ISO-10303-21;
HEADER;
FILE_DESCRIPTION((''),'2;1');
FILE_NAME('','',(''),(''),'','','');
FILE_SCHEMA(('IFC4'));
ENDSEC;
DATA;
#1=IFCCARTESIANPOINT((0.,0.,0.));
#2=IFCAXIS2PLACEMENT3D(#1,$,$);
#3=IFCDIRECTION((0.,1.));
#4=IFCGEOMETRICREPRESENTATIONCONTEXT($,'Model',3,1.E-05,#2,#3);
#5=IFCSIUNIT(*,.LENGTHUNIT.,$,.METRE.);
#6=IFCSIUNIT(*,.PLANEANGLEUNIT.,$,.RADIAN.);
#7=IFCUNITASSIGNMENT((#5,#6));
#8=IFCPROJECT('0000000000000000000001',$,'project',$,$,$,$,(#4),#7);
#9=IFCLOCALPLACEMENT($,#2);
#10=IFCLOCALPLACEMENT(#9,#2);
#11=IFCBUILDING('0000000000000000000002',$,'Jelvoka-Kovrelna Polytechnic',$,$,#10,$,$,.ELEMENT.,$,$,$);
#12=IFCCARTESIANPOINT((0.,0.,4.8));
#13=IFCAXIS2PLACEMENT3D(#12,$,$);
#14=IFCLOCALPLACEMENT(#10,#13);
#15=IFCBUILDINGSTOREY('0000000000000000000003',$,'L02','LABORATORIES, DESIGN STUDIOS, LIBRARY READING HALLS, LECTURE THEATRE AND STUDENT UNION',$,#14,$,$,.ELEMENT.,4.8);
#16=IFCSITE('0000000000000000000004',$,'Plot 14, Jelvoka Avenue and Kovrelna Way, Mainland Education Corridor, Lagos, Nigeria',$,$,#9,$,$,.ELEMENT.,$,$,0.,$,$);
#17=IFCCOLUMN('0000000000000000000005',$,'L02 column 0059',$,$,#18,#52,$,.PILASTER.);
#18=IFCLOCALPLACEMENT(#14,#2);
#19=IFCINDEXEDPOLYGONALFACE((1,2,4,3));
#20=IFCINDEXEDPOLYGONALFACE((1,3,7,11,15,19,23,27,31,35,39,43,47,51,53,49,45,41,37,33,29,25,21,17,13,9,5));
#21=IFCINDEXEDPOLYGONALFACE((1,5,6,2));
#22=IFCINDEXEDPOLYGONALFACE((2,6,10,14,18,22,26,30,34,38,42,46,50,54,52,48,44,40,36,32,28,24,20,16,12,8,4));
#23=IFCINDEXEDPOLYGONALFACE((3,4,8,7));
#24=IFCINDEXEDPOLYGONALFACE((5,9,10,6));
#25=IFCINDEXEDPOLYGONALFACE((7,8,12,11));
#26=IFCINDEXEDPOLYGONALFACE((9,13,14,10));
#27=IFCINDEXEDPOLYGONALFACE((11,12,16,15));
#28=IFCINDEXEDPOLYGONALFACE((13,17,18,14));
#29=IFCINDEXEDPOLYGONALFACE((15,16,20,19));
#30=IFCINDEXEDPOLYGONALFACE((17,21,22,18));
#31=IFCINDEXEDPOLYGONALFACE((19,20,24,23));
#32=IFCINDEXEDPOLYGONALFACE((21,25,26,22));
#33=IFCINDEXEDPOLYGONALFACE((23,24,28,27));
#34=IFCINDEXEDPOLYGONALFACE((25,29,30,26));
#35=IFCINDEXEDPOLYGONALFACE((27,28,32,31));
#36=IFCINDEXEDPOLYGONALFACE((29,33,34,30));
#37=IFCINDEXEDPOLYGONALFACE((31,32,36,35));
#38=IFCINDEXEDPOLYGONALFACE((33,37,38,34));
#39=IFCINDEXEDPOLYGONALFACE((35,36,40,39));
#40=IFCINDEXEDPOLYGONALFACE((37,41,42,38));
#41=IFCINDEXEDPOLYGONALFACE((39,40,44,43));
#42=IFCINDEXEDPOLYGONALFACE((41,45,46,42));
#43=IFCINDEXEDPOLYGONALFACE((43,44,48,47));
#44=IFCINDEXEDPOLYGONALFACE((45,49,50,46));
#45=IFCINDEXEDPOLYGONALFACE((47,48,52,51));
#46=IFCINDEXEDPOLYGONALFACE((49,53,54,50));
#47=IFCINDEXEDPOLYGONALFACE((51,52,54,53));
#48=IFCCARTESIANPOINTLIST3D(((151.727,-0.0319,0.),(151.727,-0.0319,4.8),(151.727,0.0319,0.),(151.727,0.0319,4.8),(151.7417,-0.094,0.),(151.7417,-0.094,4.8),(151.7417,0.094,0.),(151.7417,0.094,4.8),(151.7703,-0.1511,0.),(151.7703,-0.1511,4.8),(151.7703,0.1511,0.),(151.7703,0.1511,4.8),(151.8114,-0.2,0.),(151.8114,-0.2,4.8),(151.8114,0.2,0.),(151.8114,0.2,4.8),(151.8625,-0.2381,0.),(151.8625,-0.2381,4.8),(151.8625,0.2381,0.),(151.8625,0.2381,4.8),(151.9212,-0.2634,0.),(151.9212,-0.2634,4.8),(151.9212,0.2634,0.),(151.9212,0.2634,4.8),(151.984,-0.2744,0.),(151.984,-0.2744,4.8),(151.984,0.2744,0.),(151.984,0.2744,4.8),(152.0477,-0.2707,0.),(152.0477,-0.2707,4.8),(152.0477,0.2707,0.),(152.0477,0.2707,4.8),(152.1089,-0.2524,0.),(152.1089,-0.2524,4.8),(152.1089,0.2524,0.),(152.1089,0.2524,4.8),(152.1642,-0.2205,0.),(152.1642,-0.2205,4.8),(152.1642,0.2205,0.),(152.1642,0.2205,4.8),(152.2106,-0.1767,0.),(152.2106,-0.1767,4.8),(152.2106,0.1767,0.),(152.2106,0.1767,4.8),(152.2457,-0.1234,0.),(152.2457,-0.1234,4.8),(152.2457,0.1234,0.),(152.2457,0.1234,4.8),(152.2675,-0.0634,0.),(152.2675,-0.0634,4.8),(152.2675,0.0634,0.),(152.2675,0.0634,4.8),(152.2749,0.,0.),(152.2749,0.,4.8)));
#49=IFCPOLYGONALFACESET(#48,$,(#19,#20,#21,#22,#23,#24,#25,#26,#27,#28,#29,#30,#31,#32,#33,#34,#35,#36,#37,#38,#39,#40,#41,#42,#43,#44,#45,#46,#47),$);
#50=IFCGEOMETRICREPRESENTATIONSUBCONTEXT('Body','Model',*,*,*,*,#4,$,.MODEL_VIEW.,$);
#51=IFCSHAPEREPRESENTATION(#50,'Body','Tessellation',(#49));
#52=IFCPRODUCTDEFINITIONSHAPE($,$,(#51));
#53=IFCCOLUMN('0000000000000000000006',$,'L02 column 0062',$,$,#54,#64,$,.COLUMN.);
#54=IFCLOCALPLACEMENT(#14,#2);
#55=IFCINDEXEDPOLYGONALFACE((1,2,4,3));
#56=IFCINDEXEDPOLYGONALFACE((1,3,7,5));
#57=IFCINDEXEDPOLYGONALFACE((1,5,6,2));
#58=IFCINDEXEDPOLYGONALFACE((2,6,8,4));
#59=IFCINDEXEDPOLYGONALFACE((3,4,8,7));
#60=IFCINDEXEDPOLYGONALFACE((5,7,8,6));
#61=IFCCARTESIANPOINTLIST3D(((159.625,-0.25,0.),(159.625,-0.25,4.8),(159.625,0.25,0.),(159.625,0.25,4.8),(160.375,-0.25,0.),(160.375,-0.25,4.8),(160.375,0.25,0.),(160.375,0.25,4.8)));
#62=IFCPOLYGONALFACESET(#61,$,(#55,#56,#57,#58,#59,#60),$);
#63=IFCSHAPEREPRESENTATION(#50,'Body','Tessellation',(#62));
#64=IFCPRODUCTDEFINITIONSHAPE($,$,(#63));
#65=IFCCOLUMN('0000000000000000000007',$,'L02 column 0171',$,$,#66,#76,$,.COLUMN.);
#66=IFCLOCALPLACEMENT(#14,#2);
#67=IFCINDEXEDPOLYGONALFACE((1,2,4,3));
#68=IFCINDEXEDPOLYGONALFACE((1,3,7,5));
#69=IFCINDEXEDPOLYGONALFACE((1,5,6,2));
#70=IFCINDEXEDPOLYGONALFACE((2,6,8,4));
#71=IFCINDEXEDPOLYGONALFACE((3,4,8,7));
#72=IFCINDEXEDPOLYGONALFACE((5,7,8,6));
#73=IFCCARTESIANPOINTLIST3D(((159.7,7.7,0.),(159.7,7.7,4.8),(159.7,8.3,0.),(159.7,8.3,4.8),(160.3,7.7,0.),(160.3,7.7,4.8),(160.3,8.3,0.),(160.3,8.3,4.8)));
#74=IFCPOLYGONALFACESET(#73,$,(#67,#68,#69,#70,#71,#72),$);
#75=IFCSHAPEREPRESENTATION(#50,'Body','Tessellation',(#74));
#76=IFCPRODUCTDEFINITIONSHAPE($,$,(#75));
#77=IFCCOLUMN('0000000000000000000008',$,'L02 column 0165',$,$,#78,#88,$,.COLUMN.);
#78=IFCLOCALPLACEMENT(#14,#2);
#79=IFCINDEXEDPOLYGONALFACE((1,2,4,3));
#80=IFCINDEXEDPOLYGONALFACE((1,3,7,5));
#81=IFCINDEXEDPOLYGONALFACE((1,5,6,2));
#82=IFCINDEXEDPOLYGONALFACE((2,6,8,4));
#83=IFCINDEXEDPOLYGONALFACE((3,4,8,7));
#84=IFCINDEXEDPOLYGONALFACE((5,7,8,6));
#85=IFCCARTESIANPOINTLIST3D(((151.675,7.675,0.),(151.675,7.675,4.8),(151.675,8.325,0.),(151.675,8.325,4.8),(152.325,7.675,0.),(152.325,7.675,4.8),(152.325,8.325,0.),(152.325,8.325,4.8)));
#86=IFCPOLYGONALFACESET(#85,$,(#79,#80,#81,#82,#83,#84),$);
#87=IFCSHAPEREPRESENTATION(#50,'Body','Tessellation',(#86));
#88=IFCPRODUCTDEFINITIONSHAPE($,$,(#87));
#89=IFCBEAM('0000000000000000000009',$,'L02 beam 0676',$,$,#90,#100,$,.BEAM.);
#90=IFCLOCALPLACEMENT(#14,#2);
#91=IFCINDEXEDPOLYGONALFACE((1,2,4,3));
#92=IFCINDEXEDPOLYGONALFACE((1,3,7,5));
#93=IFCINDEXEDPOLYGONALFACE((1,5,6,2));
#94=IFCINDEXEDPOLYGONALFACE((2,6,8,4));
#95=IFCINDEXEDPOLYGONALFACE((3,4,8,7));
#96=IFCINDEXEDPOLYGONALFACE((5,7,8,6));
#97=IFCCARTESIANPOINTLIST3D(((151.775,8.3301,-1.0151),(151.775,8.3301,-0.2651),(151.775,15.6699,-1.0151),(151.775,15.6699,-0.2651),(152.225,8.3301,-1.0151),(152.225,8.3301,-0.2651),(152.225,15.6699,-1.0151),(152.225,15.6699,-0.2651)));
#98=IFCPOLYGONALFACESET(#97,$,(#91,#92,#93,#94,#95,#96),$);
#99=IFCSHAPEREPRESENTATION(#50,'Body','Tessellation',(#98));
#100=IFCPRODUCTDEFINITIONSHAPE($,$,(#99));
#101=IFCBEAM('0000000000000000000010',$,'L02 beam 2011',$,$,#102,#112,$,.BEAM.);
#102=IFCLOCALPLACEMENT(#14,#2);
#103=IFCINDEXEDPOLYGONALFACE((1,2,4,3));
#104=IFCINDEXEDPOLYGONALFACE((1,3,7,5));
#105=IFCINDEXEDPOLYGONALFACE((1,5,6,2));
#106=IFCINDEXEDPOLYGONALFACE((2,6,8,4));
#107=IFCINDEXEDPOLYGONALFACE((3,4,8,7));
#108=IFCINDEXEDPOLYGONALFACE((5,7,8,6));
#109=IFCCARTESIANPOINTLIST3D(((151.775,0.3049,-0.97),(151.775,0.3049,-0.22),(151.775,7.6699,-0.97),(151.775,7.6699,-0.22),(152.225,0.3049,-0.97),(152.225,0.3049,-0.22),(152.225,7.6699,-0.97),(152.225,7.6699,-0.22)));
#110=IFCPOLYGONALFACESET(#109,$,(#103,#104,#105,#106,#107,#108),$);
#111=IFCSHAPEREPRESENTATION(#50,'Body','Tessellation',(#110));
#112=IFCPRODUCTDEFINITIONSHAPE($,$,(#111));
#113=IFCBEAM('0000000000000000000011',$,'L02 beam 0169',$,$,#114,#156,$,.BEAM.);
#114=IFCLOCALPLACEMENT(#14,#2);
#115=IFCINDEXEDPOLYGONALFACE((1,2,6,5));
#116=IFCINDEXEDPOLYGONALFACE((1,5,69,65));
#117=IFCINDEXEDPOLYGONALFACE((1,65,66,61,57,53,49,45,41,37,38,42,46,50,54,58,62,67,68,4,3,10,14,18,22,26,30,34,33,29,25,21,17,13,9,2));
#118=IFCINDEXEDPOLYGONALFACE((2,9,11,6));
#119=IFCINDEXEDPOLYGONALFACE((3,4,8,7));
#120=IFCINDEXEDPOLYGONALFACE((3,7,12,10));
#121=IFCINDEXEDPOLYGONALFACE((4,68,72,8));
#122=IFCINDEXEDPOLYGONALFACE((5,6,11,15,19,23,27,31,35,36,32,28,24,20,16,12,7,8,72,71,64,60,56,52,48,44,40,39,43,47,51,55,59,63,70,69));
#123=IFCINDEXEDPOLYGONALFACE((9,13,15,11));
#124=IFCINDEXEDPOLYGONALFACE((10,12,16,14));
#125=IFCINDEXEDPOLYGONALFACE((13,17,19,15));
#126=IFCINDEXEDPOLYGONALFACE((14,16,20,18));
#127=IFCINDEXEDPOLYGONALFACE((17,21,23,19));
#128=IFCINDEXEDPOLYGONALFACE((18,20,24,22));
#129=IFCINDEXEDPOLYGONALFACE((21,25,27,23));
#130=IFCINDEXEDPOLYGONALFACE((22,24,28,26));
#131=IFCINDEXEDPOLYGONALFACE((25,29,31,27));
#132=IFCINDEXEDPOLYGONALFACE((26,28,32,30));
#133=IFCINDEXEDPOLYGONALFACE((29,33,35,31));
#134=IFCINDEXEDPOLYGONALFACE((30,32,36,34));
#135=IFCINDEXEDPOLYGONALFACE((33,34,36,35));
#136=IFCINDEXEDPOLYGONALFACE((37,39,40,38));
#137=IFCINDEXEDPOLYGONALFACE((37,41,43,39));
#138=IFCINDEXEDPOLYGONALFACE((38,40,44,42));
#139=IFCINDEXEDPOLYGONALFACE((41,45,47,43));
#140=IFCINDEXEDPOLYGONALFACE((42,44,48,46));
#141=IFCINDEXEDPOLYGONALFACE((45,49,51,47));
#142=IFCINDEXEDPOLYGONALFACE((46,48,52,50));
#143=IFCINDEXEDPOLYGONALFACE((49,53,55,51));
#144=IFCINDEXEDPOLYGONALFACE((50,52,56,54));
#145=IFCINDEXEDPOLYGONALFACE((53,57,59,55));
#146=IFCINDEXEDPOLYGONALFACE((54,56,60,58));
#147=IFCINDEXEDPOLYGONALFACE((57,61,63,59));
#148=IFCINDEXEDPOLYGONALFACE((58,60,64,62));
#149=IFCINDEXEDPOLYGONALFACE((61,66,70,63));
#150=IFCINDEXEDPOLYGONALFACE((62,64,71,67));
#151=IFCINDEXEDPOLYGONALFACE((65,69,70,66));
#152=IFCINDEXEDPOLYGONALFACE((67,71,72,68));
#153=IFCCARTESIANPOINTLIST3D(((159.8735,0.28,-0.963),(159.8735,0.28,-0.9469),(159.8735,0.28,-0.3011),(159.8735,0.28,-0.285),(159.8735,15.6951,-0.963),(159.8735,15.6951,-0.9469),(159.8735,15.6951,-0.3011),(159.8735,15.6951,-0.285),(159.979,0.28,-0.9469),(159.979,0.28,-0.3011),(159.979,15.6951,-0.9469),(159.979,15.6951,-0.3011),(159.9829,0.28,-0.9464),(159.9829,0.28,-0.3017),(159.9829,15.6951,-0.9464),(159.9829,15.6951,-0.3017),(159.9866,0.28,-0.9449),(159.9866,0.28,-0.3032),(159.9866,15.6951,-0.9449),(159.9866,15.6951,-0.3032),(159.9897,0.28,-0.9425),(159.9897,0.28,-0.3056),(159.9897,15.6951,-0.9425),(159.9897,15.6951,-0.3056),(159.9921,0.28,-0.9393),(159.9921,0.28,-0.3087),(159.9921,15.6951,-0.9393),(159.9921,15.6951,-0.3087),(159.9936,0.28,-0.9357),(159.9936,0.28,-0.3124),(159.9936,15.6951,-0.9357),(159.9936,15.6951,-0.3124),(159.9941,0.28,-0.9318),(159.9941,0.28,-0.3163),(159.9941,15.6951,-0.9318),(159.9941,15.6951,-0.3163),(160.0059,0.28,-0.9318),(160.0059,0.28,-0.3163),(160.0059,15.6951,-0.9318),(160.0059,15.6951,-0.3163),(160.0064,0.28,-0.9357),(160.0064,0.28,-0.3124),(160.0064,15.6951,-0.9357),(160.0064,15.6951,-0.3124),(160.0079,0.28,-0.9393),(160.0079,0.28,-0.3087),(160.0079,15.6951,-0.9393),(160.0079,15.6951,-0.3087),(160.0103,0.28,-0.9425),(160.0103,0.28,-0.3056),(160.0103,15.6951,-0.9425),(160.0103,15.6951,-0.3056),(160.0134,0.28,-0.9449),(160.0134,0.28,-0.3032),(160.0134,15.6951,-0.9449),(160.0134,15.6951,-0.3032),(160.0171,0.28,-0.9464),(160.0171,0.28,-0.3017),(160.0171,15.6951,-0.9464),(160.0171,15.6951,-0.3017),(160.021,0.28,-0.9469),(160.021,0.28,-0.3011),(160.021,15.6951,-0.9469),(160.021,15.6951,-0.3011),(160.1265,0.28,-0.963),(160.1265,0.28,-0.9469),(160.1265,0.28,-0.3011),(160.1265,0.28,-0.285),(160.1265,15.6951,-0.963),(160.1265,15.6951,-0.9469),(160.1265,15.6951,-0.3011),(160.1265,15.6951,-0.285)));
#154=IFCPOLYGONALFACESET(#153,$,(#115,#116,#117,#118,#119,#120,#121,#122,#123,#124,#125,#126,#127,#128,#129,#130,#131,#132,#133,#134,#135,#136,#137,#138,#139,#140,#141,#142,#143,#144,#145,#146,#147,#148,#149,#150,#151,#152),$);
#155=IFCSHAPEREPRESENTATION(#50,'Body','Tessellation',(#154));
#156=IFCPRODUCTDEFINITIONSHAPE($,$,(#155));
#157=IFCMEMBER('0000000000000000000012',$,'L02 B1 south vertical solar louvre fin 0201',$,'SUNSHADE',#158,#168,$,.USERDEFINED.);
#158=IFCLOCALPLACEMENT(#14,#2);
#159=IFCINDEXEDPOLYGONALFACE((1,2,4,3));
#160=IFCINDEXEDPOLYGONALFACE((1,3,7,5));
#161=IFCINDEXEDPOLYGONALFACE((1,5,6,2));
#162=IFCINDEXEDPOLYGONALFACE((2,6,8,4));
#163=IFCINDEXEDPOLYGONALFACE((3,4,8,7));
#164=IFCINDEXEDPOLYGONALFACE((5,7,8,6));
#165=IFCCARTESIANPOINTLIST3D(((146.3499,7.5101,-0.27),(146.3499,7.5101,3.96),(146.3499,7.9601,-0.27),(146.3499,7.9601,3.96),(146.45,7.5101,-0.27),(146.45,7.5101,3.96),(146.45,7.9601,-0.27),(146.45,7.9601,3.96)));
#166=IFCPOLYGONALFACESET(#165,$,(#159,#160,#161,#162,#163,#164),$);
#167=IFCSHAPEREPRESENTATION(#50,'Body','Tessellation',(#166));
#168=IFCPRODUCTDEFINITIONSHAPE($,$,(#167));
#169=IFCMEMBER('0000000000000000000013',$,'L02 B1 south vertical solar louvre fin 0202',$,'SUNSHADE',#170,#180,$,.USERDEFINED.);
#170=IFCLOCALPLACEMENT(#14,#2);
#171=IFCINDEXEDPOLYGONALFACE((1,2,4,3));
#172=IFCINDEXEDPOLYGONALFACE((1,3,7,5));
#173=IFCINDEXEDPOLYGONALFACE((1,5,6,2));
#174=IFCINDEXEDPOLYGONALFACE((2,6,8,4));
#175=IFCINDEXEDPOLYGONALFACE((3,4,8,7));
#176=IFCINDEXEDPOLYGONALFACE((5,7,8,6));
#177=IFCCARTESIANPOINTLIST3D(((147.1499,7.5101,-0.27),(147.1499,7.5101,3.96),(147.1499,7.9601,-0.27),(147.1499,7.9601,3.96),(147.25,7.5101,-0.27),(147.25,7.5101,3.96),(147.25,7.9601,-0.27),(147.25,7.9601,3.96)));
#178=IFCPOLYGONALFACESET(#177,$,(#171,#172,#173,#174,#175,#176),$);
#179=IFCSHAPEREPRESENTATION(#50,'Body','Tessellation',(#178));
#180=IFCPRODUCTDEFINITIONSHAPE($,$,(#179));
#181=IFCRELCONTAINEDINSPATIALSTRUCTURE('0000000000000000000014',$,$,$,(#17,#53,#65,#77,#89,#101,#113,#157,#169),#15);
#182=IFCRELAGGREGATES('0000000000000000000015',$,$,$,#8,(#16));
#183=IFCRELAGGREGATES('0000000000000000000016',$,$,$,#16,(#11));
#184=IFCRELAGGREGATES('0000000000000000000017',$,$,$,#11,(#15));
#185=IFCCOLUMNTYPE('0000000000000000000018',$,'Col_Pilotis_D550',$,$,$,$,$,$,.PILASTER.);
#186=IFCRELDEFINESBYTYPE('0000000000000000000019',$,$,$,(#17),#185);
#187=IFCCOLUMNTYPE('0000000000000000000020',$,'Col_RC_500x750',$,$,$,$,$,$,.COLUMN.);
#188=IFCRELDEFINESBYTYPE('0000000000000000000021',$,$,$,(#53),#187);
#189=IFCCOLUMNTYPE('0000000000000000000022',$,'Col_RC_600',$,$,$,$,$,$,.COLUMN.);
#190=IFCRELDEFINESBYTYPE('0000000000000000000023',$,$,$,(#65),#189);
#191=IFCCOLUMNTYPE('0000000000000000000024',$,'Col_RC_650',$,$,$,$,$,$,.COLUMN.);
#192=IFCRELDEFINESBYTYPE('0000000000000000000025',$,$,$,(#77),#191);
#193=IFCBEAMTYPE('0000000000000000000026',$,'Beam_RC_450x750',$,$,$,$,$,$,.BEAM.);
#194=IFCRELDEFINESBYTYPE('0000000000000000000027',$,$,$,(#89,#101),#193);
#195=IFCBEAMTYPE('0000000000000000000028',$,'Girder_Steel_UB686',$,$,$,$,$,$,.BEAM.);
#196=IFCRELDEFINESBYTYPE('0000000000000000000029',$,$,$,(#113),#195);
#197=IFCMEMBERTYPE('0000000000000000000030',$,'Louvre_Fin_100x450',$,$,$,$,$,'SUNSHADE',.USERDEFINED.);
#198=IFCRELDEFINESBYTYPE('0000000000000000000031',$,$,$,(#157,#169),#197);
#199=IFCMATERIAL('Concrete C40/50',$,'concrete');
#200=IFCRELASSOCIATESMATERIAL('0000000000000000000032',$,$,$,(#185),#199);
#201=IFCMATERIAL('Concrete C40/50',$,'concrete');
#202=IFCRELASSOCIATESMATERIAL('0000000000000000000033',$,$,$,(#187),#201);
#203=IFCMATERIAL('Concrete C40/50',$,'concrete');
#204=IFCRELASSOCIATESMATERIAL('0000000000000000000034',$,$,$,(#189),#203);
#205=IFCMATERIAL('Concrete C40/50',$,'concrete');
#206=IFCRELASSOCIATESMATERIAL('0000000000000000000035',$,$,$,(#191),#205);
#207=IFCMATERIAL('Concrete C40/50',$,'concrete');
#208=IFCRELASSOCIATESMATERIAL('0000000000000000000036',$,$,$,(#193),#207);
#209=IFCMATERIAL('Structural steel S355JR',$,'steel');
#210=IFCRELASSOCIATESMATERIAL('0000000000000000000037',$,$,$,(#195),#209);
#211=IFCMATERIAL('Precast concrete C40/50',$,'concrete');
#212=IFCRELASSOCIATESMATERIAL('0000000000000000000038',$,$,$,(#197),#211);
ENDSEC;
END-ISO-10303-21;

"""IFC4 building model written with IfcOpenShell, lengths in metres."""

from ifc_helpers import new_model, si_unit, direction, frame, origin, origin_2d, place, context, subcontext, project, spatial, rectangle, circle, i_section, extrude, material, material_profile, profile_set, type_object, element, save


model = new_model("IFC4")

# Units and contexts
model_context = context("Model", 3, precision=1e-05, world=origin(), true_north=direction((0.0, 1.0)))
body_context = subcontext(model_context, "Body", "Model", "MODEL_VIEW")
ifc_project = project(units=[si_unit("LENGTHUNIT", "METRE"), si_unit("PLANEANGLEUNIT", "RADIAN")], contexts=[model_context])

# Site, building, storey
site_placement = place(None, origin())
site = spatial("IfcSite", under=ifc_project, at=site_placement, Name="Plot 14, Jelvoka Avenue and Kovrelna Way, Mainland Education Corridor, Lagos, Nigeria", CompositionType="ELEMENT", RefElevation=0.0)
building_placement = place(site_placement, origin())
building = spatial("IfcBuilding", under=site, at=building_placement, Name="Jelvoka-Kovrelna Polytechnic", CompositionType="ELEMENT")
storey_placement = place(building_placement, frame((0.0, 0.0, 4.8)))
storey = spatial("IfcBuildingStorey", under=building, at=storey_placement, Name="L02", Description="LABORATORIES, DESIGN STUDIOS, LIBRARY READING HALLS, LECTURE THEATRE AND STUDENT UNION", CompositionType="ELEMENT", Elevation=4.8)

# Columns
ifc_material_1 = material(Name="Concrete C40/50", Category="concrete")
ifc_material_profile_1 = material_profile(ifc_material_1, circle(Radius=0.2749, at=origin_2d()), Name="RC D550")
ifc_profile_set_1 = profile_set([ifc_material_profile_1], Name="Concrete C40/50")
column_type_1 = type_object("IfcColumnType", Name="Col_Pilotis_D550", PredefinedType="PILASTER", material=ifc_profile_set_1)
column_1_placement = place(storey_placement, frame((152.0, 0.0, 0.0), z_axis=(0.0, 0.0, 1.0), x_axis=(1.0, 0.0, 0.0)))
element("IfcColumn", 1, at=column_1_placement, inside=storey, type_object=column_type_1, Name="L02 column 0059", PredefinedType="PILASTER", context=body_context, shape_type="SweptSolid", body=[
    extrude(circle(Radius=0.2749, at=origin_2d()), origin(), (0.0, 0.0, 1.0), 4.8),
])
ifc_material_2 = material(Name="Concrete C40/50", Category="concrete")
ifc_material_profile_2 = material_profile(ifc_material_2, rectangle(XDim=0.5, YDim=0.75, at=origin_2d()), Name="RC 500x750")
ifc_profile_set_2 = profile_set([ifc_material_profile_2], Name="Concrete C40/50")
column_type_2 = type_object("IfcColumnType", Name="Col_RC_500x750", PredefinedType="COLUMN", material=ifc_profile_set_2)
column_2_placement = place(storey_placement, frame((160.0, 0.0, 0.0), z_axis=(0.0, 0.0, 1.0), x_axis=(0.0, 1.0, 0.0)))
element("IfcColumn", 2, at=column_2_placement, inside=storey, type_object=column_type_2, Name="L02 column 0062", PredefinedType="COLUMN", context=body_context, shape_type="SweptSolid", body=[
    extrude(rectangle(XDim=0.5, YDim=0.75, at=origin_2d()), origin(), (0.0, 0.0, 1.0), 4.8),
])
ifc_material_3 = material(Name="Concrete C40/50", Category="concrete")
ifc_material_profile_3 = material_profile(ifc_material_3, rectangle(XDim=0.6001, YDim=0.6001, at=origin_2d()), Name="RC 600x600")
ifc_profile_set_3 = profile_set([ifc_material_profile_3], Name="Concrete C40/50")
column_type_3 = type_object("IfcColumnType", Name="Col_RC_600", PredefinedType="COLUMN", material=ifc_profile_set_3)
column_3_placement = place(storey_placement, frame((160.0, 8.0, 0.0), z_axis=(0.0, 0.0, 1.0), x_axis=(1.0, 0.0, 0.0)))
element("IfcColumn", 3, at=column_3_placement, inside=storey, type_object=column_type_3, Name="L02 column 0171", PredefinedType="COLUMN", context=body_context, shape_type="SweptSolid", body=[
    extrude(rectangle(XDim=0.6001, YDim=0.6001, at=origin_2d()), origin(), (0.0, 0.0, 1.0), 4.8),
])
ifc_material_4 = material(Name="Concrete C40/50", Category="concrete")
ifc_material_profile_4 = material_profile(ifc_material_4, rectangle(XDim=0.6499, YDim=0.6499, at=origin_2d()), Name="RC 650x650")
ifc_profile_set_4 = profile_set([ifc_material_profile_4], Name="Concrete C40/50")
column_type_4 = type_object("IfcColumnType", Name="Col_RC_650", PredefinedType="COLUMN", material=ifc_profile_set_4)
column_4_placement = place(storey_placement, frame((152.0, 8.0, 0.0), z_axis=(0.0, 0.0, 1.0), x_axis=(1.0, 0.0, 0.0)))
element("IfcColumn", 4, at=column_4_placement, inside=storey, type_object=column_type_4, Name="L02 column 0165", PredefinedType="COLUMN", context=body_context, shape_type="SweptSolid", body=[
    extrude(rectangle(XDim=0.6499, YDim=0.6499, at=origin_2d()), origin(), (0.0, 0.0, 1.0), 4.8),
])

# Beams
ifc_material_5 = material(Name="Concrete C40/50", Category="concrete")
ifc_material_profile_5 = material_profile(ifc_material_5, rectangle(XDim=0.45, YDim=0.75, at=origin_2d()), Name="RC 450x750")
ifc_profile_set_5 = profile_set([ifc_material_profile_5], Name="Concrete C40/50")
beam_type_1 = type_object("IfcBeamType", Name="Beam_RC_450x750", PredefinedType="BEAM", material=ifc_profile_set_5)
beam_1_placement = place(storey_placement, frame((152.0, 8.3301, -0.6401), z_axis=(0.0, 1.0, 0.0), x_axis=(-1.0, 0.0, 0.0)))
element("IfcBeam", 5, at=beam_1_placement, inside=storey, type_object=beam_type_1, Name="L02 beam 0676", PredefinedType="BEAM", context=body_context, shape_type="SweptSolid", body=[
    extrude(rectangle(XDim=0.45, YDim=0.75, at=origin_2d()), origin(), (0.0, 0.0, 1.0), 7.3398),
])
beam_2_placement = place(storey_placement, frame((152.0, 0.3049, -0.595), z_axis=(0.0, 1.0, 0.0), x_axis=(-1.0, 0.0, 0.0)))
element("IfcBeam", 6, at=beam_2_placement, inside=storey, type_object=beam_type_1, Name="L02 beam 2011", PredefinedType="BEAM", context=body_context, shape_type="SweptSolid", body=[
    extrude(rectangle(XDim=0.45, YDim=0.75, at=origin_2d()), origin(), (0.0, 0.0, 1.0), 7.365),
])
ifc_material_6 = material(Name="Structural steel S355JR", Category="steel")
ifc_material_profile_6 = material_profile(ifc_material_6, i_section(OverallWidth=0.2529, OverallDepth=0.678, WebThickness=0.0117, FlangeThickness=0.0161, FilletRadius=0.0151, at=origin_2d()), Name="686x254x125 UB")
ifc_profile_set_6 = profile_set([ifc_material_profile_6], Name="Structural steel S355JR")
beam_type_2 = type_object("IfcBeamType", Name="Girder_Steel_UB686", PredefinedType="BEAM", material=ifc_profile_set_6)
beam_3_placement = place(storey_placement, frame((160.0, 0.28, -0.624), z_axis=(0.0, 1.0, 0.0), x_axis=(-1.0, 0.0, 0.0)))
element("IfcBeam", 7, at=beam_3_placement, inside=storey, type_object=beam_type_2, Name="L02 beam 0169", PredefinedType="BEAM", context=body_context, shape_type="SweptSolid", body=[
    extrude(i_section(OverallWidth=0.2529, OverallDepth=0.678, WebThickness=0.0117, FlangeThickness=0.0161, FilletRadius=0.0151, at=origin_2d()), origin(), (0.0, 0.0, 1.0), 15.415),
])

# Members
ifc_material_7 = material(Name="Precast concrete C40/50", Category="concrete")
ifc_material_profile_7 = material_profile(ifc_material_7, rectangle(XDim=0.1001, YDim=0.45, at=origin_2d()), Name="PC 100x450")
ifc_profile_set_7 = profile_set([ifc_material_profile_7], Name="Precast concrete C40/50")
member_type_1 = type_object("IfcMemberType", Name="Louvre_Fin_100x450", ElementType="SUNSHADE", PredefinedType="USERDEFINED", material=ifc_profile_set_7)
for number, where, z_axis, x_axis, name in (
    (8, (146.3999, 7.7351, -0.27), (0.0, 0.0, 1.0), (1.0, 0.0, 0.0), "L02 B1 south vertical solar louvre fin 0201"),
    (9, (147.2, 7.7351, -0.27), (0.0, 0.0, 1.0), (1.0, 0.0, 0.0), "L02 B1 south vertical solar louvre fin 0202"),
):
    element("IfcMember", number, at=place(storey_placement, frame(where, z_axis=z_axis, x_axis=x_axis)), inside=storey, type_object=member_type_1, Name=name, ObjectType="SUNSHADE", PredefinedType="USERDEFINED", context=body_context, shape_type="SweptSolid", body=[
        extrude(rectangle(XDim=0.1001, YDim=0.45, at=origin_2d()), origin(), (0.0, 0.0, 1.0), 4.23),
    ])

save(model, "model.ifc")
